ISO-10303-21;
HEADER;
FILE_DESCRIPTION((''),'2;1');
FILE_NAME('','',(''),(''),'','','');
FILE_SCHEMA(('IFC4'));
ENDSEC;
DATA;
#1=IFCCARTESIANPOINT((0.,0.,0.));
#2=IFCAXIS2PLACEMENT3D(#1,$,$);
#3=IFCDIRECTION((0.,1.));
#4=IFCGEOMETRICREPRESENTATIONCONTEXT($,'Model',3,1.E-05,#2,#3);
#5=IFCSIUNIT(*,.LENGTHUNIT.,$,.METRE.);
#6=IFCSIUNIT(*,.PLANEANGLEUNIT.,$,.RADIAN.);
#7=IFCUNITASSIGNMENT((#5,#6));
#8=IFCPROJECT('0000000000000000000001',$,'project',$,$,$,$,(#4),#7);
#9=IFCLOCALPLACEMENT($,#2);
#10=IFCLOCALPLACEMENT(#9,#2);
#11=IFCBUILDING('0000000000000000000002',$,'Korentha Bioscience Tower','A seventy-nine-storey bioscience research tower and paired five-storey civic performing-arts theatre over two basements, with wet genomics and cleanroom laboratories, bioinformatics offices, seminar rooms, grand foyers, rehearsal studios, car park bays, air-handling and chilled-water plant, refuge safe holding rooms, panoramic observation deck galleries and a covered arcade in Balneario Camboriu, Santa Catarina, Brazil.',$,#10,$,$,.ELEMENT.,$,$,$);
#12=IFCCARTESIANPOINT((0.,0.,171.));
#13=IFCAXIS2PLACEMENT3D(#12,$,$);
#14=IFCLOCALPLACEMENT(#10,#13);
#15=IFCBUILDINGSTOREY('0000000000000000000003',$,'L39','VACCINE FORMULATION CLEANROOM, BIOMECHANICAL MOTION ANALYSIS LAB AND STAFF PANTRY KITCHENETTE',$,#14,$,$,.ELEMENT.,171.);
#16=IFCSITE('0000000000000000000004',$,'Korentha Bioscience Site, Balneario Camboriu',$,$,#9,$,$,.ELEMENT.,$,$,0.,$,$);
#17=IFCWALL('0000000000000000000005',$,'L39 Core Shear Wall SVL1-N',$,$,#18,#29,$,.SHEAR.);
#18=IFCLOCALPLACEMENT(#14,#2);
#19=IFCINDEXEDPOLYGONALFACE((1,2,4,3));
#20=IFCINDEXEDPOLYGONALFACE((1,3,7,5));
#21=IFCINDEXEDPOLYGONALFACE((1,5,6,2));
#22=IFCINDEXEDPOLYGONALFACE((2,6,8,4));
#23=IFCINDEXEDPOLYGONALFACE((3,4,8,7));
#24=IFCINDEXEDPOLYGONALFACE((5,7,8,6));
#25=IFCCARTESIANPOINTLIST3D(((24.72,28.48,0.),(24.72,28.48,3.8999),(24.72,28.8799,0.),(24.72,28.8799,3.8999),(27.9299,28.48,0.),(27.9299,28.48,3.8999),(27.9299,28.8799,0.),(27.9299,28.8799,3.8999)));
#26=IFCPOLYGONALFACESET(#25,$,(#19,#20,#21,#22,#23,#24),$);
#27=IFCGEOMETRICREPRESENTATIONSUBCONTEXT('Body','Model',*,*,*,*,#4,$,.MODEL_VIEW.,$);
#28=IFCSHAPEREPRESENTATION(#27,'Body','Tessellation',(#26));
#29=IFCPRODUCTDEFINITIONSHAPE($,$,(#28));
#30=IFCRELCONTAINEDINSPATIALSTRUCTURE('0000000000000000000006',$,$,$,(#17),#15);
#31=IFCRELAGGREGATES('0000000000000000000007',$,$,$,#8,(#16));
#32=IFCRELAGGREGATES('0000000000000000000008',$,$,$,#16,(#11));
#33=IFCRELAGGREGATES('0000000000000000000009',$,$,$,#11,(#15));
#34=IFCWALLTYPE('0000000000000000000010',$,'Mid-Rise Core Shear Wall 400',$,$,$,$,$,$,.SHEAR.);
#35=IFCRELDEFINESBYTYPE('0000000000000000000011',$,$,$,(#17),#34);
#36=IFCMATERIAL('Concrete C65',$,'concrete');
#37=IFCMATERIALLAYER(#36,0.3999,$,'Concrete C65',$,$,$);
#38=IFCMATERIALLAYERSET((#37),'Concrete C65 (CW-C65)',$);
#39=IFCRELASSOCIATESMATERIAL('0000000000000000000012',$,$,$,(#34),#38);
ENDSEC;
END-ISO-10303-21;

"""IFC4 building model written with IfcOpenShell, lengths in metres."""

from ifc_helpers import new_model, si_unit, direction, frame, frame_2d, origin, place, context, subcontext, project, spatial, rectangle, extrude, material, layer, layer_set, type_object, element, save


model = new_model("IFC4")

# Units and contexts
model_context = context("Model", 3, precision=1e-05, world=origin(), true_north=direction((0.0, 1.0)))
body_context = subcontext(model_context, "Body", "Model", "MODEL_VIEW")
ifc_project = project(units=[si_unit("LENGTHUNIT", "METRE"), si_unit("PLANEANGLEUNIT", "RADIAN")], contexts=[model_context])

# Site, building, storey
site_placement = place(None, origin())
site = spatial("IfcSite", under=ifc_project, at=site_placement, Name="Korentha Bioscience Site, Balneario Camboriu", CompositionType="ELEMENT", RefElevation=0.0)
building_placement = place(site_placement, origin())
building = spatial("IfcBuilding", under=site, at=building_placement, Name="Korentha Bioscience Tower", Description="A seventy-nine-storey bioscience research tower and paired five-storey civic performing-arts theatre over two basements, with wet genomics and cleanroom laboratories, bioinformatics offices, seminar rooms, grand foyers, rehearsal studios, car park bays, air-handling and chilled-water plant, refuge safe holding rooms, panoramic observation deck galleries and a covered arcade in Balneario Camboriu, Santa Catarina, Brazil.", CompositionType="ELEMENT")
storey_placement = place(building_placement, frame((0.0, 0.0, 171.0)))
storey = spatial("IfcBuildingStorey", under=building, at=storey_placement, Name="L39", Description="VACCINE FORMULATION CLEANROOM, BIOMECHANICAL MOTION ANALYSIS LAB AND STAFF PANTRY KITCHENETTE", CompositionType="ELEMENT", Elevation=171.0)

# Shared definitions
ifc_material_1 = material(Name="Concrete C65", Category="concrete")

# Shared definitions
ifc_layer_1 = layer(ifc_material_1, 0.3999, Name="Concrete C65")
ifc_layer_set_1 = layer_set([ifc_layer_1], Name="Concrete C65 (CW-C65)")
wall_type_1 = type_object("IfcWallType", Name="Mid-Rise Core Shear Wall 400", PredefinedType="SHEAR", material=ifc_layer_set_1)

# Wall
wall_1_placement = place(storey_placement, frame((24.72, 28.6799, 0.0), z_axis=(0.0, 0.0, 1.0), x_axis=(1.0, 0.0, 0.0)))
element("IfcWall", 1, at=wall_1_placement, inside=storey, type_object=wall_type_1, Name="L39 Core Shear Wall SVL1-N", PredefinedType="SHEAR", context=body_context, shape_type="SweptSolid", body=[
    extrude(rectangle(XDim=3.21, YDim=0.3999, at=frame_2d((1.605, 0.0))), origin(), (0.0, 0.0, 1.0), 3.8999),
])

save(model, "model.ifc")
